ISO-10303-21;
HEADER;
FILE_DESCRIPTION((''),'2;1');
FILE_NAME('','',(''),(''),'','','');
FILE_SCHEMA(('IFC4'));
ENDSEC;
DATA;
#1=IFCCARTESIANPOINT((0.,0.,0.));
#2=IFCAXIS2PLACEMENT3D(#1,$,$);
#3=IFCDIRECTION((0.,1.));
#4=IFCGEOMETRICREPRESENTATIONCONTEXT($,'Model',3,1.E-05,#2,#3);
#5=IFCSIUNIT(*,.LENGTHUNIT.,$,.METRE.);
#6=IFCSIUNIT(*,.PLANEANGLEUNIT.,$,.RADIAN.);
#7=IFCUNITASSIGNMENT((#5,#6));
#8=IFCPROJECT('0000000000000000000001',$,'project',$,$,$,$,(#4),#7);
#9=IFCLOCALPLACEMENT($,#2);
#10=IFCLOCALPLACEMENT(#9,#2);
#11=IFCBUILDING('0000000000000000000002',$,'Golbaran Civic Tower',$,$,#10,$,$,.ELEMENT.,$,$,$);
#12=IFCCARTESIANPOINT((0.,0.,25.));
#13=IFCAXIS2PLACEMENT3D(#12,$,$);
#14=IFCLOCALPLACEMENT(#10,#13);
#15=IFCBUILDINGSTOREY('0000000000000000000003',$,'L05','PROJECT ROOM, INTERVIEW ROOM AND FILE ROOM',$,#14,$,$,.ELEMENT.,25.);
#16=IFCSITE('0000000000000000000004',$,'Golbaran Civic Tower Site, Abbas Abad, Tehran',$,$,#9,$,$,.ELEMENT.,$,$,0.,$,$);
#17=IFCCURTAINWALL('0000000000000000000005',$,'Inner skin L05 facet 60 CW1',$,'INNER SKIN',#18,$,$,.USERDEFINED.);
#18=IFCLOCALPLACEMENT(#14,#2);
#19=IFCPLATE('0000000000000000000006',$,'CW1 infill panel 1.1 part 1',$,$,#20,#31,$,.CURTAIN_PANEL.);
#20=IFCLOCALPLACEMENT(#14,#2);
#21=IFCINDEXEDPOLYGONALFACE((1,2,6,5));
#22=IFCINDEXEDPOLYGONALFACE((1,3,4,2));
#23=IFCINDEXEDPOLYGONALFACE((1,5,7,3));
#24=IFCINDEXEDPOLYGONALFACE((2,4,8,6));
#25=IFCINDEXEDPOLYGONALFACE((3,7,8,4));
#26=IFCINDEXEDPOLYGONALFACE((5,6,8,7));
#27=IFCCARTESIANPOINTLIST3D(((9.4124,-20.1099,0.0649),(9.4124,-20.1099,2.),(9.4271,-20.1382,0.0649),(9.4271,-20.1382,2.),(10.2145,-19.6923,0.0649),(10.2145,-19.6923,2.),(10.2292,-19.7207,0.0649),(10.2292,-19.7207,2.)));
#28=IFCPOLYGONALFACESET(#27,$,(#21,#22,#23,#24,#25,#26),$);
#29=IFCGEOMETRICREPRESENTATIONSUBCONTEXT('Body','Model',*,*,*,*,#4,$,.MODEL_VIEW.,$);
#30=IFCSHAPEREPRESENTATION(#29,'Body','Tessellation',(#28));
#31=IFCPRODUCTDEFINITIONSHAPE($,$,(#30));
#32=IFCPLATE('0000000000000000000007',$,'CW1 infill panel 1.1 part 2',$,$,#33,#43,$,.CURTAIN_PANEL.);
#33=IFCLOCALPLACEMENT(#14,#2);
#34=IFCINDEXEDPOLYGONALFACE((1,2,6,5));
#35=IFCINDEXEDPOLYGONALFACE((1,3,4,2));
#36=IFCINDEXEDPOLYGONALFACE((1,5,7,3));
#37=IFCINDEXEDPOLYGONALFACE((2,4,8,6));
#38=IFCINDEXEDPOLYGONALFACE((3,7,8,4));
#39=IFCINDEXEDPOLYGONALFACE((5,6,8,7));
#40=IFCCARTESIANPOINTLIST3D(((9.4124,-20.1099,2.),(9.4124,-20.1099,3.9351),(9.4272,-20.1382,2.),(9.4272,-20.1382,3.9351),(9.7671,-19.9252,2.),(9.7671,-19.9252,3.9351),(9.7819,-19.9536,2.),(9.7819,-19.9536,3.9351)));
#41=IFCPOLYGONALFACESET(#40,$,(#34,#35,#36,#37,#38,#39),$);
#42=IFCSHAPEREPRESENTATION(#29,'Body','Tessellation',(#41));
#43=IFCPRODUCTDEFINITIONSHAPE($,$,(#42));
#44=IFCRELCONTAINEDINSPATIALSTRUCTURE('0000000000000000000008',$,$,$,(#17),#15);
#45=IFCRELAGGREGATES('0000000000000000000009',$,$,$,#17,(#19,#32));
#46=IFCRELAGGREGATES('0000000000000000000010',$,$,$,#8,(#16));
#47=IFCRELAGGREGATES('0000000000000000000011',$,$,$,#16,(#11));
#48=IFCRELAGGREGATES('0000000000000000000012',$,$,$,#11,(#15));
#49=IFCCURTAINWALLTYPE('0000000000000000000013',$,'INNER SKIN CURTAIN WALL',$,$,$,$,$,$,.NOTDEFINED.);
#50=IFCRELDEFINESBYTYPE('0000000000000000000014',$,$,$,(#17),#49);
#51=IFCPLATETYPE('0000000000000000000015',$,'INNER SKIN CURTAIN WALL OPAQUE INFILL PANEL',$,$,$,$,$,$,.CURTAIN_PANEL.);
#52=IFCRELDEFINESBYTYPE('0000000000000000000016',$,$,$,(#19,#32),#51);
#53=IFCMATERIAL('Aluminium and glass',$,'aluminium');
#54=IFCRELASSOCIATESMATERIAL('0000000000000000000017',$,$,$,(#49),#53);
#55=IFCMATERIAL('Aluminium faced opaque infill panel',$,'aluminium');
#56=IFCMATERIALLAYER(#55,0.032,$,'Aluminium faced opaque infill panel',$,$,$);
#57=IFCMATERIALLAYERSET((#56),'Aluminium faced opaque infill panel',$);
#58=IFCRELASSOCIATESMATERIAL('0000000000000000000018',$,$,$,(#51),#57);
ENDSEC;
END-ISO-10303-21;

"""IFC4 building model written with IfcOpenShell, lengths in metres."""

from ifc_helpers import new_model, si_unit, direction, frame, origin, origin_2d, place, context, subcontext, project, spatial, rectangle, extrude, material, layer, layer_set, type_object, element, aggregate, save


model = new_model("IFC4")

# Units and contexts
model_context = context("Model", 3, precision=1e-05, world=origin(), true_north=direction((0.0, 1.0)))
body_context = subcontext(model_context, "Body", "Model", "MODEL_VIEW")
ifc_project = project(units=[si_unit("LENGTHUNIT", "METRE"), si_unit("PLANEANGLEUNIT", "RADIAN")], contexts=[model_context])

# Site, building, storey
site_placement = place(None, origin())
site = spatial("IfcSite", under=ifc_project, at=site_placement, Name="Golbaran Civic Tower Site, Abbas Abad, Tehran", CompositionType="ELEMENT", RefElevation=0.0)
building_placement = place(site_placement, origin())
building = spatial("IfcBuilding", under=site, at=building_placement, Name="Golbaran Civic Tower", CompositionType="ELEMENT")
storey_placement = place(building_placement, frame((0.0, 0.0, 25.0)))
storey = spatial("IfcBuildingStorey", under=building, at=storey_placement, Name="L05", Description="PROJECT ROOM, INTERVIEW ROOM AND FILE ROOM", CompositionType="ELEMENT", Elevation=25.0)

# Shared definitions
ifc_material_1 = material(Name="Aluminium and glass", Category="aluminium")
curtain_wall_type = type_object("IfcCurtainWallType", Name="INNER SKIN CURTAIN WALL", PredefinedType="NOTDEFINED", material=ifc_material_1)

# Curtain wall
curtain_wall_1_placement = place(storey_placement, origin())
curtain_wall_1 = element("IfcCurtainWall", 1, at=curtain_wall_1_placement, inside=storey, type_object=curtain_wall_type, Name="Inner skin L05 facet 60 CW1", ObjectType="INNER SKIN", PredefinedType="USERDEFINED")

# Plates
ifc_material_2 = material(Name="Aluminium faced opaque infill panel", Category="aluminium")
ifc_layer_1 = layer(ifc_material_2, 0.032, Name="Aluminium faced opaque infill panel")
ifc_layer_set_1 = layer_set([ifc_layer_1], Name="Aluminium faced opaque infill panel")
plate_type_1 = type_object("IfcPlateType", Name="INNER SKIN CURTAIN WALL OPAQUE INFILL PANEL", PredefinedType="CURTAIN_PANEL", material=ifc_layer_set_1)
plate_1_placement = place(storey_placement, frame((9.8208, -19.9153, 0.0649), z_axis=(0.0, 0.0, 1.0), x_axis=(0.887011, 0.461749, 0.0)))
plate_1 = element("IfcPlate", 2, at=plate_1_placement, type_object=plate_type_1, Name="CW1 infill panel 1.1 part 1", PredefinedType="CURTAIN_PANEL", context=body_context, shape_type="SweptSolid", body=[
    extrude(rectangle(XDim=0.9043, YDim=0.032, at=origin_2d()), origin(), (0.0, 0.0, 1.0), 1.9351),
])
plate_2_placement = place(storey_placement, frame((9.5972, -20.0317, 2.0), z_axis=(0.0, 0.0, 1.0), x_axis=(0.887011, 0.461749, 0.0)))
plate_2 = element("IfcPlate", 3, at=plate_2_placement, type_object=plate_type_1, Name="CW1 infill panel 1.1 part 2", PredefinedType="CURTAIN_PANEL", context=body_context, shape_type="SweptSolid", body=[
    extrude(rectangle(XDim=0.3999, YDim=0.032, at=origin_2d()), origin(), (0.0, 0.0, 1.0), 1.9351),
])
aggregate(curtain_wall_1, [plate_1, plate_2])

save(model, "model.ifc")
